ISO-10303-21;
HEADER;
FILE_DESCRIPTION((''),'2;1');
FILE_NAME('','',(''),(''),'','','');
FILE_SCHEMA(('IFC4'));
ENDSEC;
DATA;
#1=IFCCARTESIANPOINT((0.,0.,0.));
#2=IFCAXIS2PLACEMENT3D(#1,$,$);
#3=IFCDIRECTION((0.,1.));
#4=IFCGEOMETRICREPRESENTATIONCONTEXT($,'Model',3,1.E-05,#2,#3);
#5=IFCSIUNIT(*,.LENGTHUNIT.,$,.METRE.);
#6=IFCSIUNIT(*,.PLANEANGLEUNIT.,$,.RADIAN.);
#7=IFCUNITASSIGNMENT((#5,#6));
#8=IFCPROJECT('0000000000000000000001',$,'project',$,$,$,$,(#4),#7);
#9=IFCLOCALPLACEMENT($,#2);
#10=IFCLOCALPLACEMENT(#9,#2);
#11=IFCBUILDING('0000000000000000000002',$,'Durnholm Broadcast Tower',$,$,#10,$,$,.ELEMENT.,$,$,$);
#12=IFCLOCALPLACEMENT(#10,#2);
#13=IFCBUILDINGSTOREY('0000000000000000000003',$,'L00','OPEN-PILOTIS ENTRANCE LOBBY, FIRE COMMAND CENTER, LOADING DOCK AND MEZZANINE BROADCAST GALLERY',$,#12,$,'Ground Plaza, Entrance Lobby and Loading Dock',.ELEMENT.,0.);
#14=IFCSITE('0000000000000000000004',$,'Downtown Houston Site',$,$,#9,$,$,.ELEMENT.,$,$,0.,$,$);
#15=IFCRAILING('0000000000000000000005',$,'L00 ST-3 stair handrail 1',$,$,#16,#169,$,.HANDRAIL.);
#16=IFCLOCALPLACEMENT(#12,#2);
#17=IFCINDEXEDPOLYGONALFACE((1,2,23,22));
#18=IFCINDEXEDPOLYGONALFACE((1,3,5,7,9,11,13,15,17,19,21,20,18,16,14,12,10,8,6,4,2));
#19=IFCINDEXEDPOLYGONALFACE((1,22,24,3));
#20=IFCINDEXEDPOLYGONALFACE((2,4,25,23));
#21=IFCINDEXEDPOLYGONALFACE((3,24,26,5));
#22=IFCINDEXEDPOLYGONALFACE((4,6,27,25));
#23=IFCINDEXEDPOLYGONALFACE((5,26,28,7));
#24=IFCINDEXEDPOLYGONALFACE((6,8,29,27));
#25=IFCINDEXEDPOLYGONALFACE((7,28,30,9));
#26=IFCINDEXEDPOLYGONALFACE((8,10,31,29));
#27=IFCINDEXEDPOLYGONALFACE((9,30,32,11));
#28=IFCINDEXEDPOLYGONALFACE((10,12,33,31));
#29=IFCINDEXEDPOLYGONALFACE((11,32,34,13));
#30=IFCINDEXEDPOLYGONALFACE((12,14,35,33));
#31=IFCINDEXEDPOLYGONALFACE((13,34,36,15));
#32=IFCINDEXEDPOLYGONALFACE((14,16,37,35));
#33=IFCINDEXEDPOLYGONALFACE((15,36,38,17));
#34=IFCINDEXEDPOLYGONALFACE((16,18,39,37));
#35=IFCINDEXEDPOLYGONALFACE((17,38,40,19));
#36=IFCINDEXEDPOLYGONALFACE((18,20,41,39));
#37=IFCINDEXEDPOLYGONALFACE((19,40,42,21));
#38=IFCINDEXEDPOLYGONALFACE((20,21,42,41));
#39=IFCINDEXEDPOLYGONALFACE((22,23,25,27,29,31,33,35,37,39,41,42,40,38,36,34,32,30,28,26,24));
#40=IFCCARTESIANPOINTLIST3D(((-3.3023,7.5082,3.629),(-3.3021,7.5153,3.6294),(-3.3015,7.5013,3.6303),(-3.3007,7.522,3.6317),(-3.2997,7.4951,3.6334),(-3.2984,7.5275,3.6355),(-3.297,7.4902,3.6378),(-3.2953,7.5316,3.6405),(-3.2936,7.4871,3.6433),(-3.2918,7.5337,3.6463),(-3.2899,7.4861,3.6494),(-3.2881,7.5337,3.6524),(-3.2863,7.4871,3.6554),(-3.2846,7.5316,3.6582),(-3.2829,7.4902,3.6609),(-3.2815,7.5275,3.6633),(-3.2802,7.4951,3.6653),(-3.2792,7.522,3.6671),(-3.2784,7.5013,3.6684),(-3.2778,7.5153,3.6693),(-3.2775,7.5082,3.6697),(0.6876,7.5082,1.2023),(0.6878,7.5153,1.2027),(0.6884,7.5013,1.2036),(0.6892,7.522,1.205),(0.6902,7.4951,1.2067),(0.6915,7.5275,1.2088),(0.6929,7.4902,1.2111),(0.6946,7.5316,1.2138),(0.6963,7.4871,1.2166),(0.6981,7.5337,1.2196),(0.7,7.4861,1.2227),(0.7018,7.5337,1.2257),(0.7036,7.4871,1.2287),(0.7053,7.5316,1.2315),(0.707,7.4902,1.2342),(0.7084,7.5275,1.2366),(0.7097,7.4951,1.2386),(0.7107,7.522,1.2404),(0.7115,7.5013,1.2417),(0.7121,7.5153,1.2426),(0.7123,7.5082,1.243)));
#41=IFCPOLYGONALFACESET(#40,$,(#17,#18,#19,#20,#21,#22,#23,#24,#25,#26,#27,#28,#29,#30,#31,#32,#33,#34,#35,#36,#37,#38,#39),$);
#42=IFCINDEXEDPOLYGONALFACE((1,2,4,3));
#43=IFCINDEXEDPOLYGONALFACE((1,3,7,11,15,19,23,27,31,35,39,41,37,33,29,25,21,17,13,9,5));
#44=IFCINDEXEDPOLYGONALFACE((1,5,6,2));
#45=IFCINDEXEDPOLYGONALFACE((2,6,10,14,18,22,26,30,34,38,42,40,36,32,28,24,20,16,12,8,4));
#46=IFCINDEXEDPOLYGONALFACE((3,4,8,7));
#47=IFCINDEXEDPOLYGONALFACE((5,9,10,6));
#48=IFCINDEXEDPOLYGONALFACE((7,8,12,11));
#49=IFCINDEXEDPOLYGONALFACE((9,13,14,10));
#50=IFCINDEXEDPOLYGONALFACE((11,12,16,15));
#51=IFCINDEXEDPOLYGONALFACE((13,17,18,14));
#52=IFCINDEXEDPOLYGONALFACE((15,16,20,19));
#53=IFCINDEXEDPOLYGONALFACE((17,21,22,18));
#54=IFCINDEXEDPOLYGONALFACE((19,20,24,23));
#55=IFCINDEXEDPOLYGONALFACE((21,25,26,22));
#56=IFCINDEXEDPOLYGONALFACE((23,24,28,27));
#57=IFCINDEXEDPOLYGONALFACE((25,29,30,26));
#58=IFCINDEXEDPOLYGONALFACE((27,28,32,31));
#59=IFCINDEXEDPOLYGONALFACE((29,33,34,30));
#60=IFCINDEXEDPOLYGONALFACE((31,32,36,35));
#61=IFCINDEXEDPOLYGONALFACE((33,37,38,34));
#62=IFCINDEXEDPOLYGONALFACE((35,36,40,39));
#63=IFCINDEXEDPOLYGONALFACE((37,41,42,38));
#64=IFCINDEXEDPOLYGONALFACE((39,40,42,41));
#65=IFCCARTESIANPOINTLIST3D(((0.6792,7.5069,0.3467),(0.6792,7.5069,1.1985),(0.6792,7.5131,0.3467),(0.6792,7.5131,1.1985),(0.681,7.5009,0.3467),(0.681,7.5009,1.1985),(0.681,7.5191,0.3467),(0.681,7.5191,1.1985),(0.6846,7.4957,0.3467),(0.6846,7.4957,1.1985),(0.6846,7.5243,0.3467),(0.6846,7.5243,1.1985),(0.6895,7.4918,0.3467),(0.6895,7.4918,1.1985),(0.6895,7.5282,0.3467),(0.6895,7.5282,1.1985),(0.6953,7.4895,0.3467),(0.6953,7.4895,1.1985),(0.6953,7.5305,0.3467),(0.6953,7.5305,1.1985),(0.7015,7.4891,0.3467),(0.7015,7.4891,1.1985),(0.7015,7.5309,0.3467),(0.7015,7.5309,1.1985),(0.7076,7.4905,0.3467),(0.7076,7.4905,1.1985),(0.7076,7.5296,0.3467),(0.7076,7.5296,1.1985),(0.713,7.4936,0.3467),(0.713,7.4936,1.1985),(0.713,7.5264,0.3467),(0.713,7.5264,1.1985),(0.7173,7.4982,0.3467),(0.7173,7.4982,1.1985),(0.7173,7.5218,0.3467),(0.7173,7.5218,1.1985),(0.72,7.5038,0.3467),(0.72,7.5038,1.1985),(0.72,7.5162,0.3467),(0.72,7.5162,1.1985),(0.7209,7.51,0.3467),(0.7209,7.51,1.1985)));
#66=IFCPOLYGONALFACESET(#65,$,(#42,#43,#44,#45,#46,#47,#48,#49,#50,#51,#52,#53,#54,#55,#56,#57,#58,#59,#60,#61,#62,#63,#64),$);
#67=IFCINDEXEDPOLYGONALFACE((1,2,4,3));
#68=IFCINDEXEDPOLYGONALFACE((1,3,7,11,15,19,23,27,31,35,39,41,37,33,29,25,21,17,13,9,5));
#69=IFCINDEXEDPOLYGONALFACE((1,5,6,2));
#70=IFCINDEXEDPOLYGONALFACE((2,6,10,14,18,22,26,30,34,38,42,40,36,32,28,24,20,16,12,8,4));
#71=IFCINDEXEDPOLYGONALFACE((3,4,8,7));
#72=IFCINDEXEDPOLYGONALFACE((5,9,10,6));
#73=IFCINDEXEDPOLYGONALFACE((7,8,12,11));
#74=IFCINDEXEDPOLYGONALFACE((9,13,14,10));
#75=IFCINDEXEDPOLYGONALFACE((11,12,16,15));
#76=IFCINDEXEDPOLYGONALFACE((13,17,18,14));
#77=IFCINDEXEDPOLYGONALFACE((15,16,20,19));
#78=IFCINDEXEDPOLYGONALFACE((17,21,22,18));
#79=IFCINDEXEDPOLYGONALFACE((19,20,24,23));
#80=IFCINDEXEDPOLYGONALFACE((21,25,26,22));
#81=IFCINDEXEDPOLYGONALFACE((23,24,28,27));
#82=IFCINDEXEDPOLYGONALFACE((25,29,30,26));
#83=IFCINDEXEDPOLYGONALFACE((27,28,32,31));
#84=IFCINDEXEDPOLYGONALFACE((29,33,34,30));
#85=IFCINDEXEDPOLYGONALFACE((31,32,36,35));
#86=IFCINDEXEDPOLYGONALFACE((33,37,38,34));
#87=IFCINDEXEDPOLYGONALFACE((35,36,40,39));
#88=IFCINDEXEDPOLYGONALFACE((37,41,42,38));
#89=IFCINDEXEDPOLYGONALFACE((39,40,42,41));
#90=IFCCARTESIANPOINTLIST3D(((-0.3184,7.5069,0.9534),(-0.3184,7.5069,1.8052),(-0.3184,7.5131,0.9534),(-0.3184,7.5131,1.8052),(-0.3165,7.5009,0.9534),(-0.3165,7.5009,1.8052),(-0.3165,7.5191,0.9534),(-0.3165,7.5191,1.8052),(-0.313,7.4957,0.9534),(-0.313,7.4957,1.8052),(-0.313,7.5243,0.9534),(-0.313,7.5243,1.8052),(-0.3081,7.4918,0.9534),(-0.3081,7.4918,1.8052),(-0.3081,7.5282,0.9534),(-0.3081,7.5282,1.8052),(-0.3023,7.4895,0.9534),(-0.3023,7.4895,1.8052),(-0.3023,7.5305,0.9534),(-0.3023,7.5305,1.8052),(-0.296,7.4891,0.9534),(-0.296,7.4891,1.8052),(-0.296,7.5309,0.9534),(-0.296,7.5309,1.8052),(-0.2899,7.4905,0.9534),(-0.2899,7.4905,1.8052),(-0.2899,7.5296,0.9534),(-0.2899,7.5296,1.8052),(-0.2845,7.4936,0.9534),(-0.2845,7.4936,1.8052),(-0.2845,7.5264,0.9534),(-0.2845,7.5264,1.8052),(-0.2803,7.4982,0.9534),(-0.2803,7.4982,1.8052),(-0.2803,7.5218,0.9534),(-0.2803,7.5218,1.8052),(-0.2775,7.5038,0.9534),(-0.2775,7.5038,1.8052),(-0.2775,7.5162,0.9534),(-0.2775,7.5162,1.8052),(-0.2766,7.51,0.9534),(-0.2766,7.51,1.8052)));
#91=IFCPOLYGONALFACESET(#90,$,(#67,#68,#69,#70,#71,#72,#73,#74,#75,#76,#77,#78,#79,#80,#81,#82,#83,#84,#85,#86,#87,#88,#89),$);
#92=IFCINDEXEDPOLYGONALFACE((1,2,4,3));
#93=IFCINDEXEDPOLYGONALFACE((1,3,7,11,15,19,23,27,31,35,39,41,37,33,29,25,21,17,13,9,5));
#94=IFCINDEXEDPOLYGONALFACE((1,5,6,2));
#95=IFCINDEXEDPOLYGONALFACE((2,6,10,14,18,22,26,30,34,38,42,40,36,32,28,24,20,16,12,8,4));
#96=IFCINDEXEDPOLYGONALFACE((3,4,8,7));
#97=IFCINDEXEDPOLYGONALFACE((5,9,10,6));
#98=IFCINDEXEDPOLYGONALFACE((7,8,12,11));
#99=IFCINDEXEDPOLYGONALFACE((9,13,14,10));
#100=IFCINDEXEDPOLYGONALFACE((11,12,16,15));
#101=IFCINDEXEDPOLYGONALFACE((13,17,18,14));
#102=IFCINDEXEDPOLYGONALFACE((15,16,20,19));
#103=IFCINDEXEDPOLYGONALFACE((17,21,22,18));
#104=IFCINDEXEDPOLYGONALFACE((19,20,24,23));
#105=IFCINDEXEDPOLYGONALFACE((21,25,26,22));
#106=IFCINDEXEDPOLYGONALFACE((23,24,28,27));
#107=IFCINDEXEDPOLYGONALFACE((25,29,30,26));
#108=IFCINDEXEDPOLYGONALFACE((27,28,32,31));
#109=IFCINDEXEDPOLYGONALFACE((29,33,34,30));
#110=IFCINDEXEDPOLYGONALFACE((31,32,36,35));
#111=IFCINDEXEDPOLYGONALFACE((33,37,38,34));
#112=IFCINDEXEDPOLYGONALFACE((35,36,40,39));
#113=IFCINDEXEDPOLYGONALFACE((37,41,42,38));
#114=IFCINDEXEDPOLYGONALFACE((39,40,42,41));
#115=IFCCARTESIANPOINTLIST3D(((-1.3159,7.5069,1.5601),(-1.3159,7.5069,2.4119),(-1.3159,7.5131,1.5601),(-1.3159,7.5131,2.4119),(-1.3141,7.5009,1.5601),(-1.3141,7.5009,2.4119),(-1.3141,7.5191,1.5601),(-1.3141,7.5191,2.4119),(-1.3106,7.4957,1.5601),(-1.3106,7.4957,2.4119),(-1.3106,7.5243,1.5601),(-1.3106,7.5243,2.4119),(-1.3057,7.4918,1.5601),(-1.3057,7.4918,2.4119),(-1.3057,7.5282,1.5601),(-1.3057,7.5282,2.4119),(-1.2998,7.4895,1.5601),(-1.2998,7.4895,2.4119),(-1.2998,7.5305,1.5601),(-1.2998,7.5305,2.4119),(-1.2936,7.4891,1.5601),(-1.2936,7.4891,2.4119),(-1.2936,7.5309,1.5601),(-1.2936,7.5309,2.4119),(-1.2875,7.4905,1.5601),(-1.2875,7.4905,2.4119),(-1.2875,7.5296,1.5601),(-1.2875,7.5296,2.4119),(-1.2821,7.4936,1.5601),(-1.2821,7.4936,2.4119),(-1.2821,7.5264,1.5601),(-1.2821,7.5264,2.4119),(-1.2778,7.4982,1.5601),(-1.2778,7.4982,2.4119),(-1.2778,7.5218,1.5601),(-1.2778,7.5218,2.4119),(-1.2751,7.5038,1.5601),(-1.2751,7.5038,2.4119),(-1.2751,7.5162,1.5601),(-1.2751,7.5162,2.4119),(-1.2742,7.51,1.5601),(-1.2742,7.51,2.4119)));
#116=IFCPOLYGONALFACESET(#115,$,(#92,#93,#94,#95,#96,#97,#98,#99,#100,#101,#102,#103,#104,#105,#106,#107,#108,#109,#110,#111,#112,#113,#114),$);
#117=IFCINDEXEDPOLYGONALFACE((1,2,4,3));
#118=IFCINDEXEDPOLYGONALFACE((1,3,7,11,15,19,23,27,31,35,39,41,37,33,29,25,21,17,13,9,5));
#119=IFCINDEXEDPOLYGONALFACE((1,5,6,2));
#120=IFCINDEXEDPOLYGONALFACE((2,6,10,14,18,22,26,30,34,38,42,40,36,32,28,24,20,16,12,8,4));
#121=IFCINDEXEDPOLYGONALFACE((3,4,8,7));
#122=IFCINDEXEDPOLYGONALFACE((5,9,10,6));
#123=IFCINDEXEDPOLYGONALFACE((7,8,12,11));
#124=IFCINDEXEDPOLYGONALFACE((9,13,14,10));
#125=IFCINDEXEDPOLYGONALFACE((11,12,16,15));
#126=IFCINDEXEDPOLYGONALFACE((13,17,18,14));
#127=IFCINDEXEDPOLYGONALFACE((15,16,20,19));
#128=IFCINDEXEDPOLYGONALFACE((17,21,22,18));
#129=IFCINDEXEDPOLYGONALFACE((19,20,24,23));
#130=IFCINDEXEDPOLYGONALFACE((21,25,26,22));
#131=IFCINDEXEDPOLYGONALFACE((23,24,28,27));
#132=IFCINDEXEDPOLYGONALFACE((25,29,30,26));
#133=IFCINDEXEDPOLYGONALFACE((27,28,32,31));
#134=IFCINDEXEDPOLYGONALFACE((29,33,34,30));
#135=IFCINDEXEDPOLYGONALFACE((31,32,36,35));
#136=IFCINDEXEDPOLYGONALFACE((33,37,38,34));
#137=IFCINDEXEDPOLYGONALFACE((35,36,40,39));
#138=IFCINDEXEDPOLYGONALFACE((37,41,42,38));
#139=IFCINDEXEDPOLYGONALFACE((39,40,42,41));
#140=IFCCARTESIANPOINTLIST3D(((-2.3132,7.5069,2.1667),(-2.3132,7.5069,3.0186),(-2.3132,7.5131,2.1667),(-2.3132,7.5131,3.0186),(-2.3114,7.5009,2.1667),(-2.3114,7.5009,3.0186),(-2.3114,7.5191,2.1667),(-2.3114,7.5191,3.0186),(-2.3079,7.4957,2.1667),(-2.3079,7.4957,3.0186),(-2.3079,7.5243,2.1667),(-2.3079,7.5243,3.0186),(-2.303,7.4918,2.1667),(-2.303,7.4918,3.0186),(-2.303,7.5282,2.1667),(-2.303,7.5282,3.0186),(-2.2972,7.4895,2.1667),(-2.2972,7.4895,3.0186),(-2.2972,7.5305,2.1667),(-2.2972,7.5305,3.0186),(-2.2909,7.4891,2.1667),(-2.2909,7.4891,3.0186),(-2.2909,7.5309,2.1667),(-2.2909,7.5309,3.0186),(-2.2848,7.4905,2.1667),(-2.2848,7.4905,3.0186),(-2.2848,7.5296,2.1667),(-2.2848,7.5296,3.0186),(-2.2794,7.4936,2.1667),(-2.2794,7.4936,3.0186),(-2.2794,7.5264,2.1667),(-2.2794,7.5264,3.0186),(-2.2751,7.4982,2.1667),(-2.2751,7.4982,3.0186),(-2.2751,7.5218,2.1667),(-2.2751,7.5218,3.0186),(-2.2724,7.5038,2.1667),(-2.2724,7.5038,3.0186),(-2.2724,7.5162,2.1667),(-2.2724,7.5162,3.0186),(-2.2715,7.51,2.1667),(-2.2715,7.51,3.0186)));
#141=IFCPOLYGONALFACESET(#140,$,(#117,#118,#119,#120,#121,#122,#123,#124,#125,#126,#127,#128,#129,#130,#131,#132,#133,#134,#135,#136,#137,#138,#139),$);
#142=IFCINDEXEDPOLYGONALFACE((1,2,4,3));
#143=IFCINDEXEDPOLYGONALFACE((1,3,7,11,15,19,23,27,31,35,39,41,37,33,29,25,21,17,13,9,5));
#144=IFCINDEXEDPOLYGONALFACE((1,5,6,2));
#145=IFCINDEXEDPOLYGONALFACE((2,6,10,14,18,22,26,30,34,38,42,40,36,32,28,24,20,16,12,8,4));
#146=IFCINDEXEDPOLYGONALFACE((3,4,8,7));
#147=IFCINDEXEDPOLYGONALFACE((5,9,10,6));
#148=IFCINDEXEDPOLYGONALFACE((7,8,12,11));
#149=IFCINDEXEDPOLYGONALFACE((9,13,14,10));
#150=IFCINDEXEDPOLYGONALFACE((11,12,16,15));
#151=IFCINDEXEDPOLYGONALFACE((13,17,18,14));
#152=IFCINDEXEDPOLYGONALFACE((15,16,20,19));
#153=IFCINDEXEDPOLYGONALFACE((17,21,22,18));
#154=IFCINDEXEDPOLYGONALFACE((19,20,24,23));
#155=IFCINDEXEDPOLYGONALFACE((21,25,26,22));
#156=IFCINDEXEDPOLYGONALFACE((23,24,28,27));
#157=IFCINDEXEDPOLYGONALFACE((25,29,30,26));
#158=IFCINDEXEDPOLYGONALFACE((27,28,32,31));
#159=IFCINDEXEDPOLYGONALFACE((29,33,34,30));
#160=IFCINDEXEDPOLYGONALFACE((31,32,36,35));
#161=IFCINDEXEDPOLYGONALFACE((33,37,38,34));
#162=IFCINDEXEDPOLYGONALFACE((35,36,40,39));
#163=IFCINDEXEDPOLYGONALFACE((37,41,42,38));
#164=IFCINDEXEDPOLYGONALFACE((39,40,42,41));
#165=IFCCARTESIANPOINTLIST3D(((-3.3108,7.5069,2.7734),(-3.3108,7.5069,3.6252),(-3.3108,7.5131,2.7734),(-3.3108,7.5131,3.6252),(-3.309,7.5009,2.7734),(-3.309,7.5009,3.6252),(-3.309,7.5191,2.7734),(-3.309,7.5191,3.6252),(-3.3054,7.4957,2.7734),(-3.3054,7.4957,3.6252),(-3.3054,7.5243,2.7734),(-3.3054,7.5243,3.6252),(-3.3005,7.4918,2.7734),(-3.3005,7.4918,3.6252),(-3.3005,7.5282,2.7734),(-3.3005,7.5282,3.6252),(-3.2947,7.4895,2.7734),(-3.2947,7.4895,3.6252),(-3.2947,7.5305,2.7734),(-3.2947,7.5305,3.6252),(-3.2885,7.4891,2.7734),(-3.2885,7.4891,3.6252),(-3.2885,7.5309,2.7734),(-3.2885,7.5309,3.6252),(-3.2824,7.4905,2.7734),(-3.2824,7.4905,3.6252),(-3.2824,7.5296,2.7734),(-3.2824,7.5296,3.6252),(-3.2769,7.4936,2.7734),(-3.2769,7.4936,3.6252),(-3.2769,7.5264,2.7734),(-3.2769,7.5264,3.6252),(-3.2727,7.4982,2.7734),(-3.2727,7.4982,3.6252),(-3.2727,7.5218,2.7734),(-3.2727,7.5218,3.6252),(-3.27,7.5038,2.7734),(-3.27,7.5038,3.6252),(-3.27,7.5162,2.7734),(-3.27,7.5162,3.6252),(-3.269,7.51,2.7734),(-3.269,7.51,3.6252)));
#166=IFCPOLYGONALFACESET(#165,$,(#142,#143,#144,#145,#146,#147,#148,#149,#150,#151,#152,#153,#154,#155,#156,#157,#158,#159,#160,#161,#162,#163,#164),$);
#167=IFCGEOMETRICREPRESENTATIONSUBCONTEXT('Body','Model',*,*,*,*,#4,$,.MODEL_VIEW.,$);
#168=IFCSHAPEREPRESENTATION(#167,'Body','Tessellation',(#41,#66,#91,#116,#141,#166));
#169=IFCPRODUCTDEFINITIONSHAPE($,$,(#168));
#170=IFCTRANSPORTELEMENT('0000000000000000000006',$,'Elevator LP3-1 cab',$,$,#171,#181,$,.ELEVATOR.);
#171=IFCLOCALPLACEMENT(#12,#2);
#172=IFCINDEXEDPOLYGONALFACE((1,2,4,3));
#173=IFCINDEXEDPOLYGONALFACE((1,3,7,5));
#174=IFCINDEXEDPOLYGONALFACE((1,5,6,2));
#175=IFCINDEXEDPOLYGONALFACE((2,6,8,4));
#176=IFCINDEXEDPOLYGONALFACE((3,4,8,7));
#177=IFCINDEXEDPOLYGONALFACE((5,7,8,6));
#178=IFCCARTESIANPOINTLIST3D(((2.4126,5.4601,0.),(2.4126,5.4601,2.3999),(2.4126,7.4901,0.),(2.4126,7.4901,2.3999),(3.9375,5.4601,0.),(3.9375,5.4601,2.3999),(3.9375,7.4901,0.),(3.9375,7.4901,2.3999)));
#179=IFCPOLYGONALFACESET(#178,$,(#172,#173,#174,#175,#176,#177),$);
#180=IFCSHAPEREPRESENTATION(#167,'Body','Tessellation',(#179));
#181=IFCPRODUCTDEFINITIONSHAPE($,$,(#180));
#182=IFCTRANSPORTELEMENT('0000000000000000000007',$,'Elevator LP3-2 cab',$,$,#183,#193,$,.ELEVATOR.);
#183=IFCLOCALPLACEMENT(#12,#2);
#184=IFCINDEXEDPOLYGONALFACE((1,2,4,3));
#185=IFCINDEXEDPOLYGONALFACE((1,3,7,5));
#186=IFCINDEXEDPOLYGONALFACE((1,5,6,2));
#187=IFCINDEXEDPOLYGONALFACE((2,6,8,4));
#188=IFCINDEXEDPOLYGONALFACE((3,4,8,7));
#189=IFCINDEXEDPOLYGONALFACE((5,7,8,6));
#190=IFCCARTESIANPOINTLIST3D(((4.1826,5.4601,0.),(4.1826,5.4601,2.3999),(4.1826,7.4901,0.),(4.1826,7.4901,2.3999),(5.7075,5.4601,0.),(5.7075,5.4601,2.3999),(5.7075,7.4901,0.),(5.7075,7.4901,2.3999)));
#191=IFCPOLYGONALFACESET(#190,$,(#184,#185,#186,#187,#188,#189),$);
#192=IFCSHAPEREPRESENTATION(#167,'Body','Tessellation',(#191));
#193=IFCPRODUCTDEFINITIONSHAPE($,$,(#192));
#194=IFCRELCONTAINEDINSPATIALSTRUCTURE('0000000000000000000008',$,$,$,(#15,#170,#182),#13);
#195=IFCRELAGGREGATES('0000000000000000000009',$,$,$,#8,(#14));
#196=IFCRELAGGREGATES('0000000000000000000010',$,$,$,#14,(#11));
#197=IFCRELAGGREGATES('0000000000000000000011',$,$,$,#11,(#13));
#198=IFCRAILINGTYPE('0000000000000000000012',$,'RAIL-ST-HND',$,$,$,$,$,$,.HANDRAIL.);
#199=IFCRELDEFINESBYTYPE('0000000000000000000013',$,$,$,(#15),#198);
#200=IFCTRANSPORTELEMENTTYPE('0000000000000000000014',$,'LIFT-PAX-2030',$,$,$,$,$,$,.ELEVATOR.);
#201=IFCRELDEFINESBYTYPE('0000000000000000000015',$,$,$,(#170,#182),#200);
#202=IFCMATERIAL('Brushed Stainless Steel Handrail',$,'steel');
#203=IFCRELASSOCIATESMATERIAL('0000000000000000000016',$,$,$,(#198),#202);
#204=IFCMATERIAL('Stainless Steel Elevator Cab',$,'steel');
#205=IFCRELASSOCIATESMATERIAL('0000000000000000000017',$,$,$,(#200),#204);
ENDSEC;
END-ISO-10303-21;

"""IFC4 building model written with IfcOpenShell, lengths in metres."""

from ifc_helpers import new_model, si_unit, direction, frame, origin, origin_2d, place, context, subcontext, project, spatial, rectangle, circle, extrude, material, type_object, element, save


model = new_model("IFC4")

# Units and contexts
model_context = context("Model", 3, precision=1e-05, world=origin(), true_north=direction((0.0, 1.0)))
body_context = subcontext(model_context, "Body", "Model", "MODEL_VIEW")
ifc_project = project(units=[si_unit("LENGTHUNIT", "METRE"), si_unit("PLANEANGLEUNIT", "RADIAN")], contexts=[model_context])

# Site, building, storey
site_placement = place(None, origin())
site = spatial("IfcSite", under=ifc_project, at=site_placement, Name="Downtown Houston Site", CompositionType="ELEMENT", RefElevation=0.0)
building_placement = place(site_placement, origin())
building = spatial("IfcBuilding", under=site, at=building_placement, Name="Durnholm Broadcast Tower", CompositionType="ELEMENT")
storey_placement = place(building_placement, origin())
storey = spatial("IfcBuildingStorey", under=building, at=storey_placement, Name="L00", Description="OPEN-PILOTIS ENTRANCE LOBBY, FIRE COMMAND CENTER, LOADING DOCK AND MEZZANINE BROADCAST GALLERY", LongName="Ground Plaza, Entrance Lobby and Loading Dock", CompositionType="ELEMENT", Elevation=0.0)

# Railing
ifc_material_1 = material(Name="Brushed Stainless Steel Handrail", Category="steel")
railing_type_1 = type_object("IfcRailingType", Name="RAIL-ST-HND", PredefinedType="HANDRAIL", material=ifc_material_1)
railing_1_placement = place(storey_placement, frame((0.7, 7.51, 0.3467)))
element("IfcRailing", 1, at=railing_1_placement, inside=storey, type_object=railing_type_1, Name="L00 ST-3 stair handrail 1", PredefinedType="HANDRAIL", context=body_context, shape_type="SweptSolid", body=[
    extrude(circle(Radius=0.0239, at=origin_2d()), frame((0.0, 0.0, 0.876), z_axis=(-0.854382, 0.0, 0.519645), x_axis=(0.0, -1.0, 0.0)), (0.0, 0.0, 1.0), 4.6699),
    extrude(circle(Radius=0.021, at=origin_2d()), origin(), (0.0, 0.0, 1.0), 0.8518),
    extrude(circle(Radius=0.021, at=origin_2d()), frame((-0.9976, 0.0, 0.6067)), (0.0, 0.0, 1.0), 0.8518),
    extrude(circle(Radius=0.021, at=origin_2d()), frame((-1.9951, 0.0, 1.2134)), (0.0, 0.0, 1.0), 0.8518),
    extrude(circle(Radius=0.021, at=origin_2d()), frame((-2.9924, 0.0, 1.8201)), (0.0, 0.0, 1.0), 0.8518),
    extrude(circle(Radius=0.021, at=origin_2d()), frame((-3.99, 0.0, 2.4268)), (0.0, 0.0, 1.0), 0.8518),
])

# Transport elements
ifc_material_2 = material(Name="Stainless Steel Elevator Cab", Category="steel")
transport_element_type = type_object("IfcTransportElementType", Name="LIFT-PAX-2030", PredefinedType="ELEVATOR", material=ifc_material_2)
for number, where, z_axis, x_axis, name in (
    (2, (3.175, 6.4751, 0.0), (0.0, 0.0, 1.0), (0.0, 1.0, 0.0), "Elevator LP3-1 cab"),
    (3, (4.9451, 6.4751, 0.0), (0.0, 0.0, 1.0), (0.0, 1.0, 0.0), "Elevator LP3-2 cab"),
):
    element("IfcTransportElement", number, at=place(storey_placement, frame(where, z_axis=z_axis, x_axis=x_axis)), inside=storey, type_object=transport_element_type, Name=name, PredefinedType="ELEVATOR", context=body_context, shape_type="SweptSolid", body=[
        extrude(rectangle(XDim=2.03, YDim=1.5249, at=origin_2d()), origin(), (0.0, 0.0, 1.0), 2.3999),
    ])

save(model, "model.ifc")
